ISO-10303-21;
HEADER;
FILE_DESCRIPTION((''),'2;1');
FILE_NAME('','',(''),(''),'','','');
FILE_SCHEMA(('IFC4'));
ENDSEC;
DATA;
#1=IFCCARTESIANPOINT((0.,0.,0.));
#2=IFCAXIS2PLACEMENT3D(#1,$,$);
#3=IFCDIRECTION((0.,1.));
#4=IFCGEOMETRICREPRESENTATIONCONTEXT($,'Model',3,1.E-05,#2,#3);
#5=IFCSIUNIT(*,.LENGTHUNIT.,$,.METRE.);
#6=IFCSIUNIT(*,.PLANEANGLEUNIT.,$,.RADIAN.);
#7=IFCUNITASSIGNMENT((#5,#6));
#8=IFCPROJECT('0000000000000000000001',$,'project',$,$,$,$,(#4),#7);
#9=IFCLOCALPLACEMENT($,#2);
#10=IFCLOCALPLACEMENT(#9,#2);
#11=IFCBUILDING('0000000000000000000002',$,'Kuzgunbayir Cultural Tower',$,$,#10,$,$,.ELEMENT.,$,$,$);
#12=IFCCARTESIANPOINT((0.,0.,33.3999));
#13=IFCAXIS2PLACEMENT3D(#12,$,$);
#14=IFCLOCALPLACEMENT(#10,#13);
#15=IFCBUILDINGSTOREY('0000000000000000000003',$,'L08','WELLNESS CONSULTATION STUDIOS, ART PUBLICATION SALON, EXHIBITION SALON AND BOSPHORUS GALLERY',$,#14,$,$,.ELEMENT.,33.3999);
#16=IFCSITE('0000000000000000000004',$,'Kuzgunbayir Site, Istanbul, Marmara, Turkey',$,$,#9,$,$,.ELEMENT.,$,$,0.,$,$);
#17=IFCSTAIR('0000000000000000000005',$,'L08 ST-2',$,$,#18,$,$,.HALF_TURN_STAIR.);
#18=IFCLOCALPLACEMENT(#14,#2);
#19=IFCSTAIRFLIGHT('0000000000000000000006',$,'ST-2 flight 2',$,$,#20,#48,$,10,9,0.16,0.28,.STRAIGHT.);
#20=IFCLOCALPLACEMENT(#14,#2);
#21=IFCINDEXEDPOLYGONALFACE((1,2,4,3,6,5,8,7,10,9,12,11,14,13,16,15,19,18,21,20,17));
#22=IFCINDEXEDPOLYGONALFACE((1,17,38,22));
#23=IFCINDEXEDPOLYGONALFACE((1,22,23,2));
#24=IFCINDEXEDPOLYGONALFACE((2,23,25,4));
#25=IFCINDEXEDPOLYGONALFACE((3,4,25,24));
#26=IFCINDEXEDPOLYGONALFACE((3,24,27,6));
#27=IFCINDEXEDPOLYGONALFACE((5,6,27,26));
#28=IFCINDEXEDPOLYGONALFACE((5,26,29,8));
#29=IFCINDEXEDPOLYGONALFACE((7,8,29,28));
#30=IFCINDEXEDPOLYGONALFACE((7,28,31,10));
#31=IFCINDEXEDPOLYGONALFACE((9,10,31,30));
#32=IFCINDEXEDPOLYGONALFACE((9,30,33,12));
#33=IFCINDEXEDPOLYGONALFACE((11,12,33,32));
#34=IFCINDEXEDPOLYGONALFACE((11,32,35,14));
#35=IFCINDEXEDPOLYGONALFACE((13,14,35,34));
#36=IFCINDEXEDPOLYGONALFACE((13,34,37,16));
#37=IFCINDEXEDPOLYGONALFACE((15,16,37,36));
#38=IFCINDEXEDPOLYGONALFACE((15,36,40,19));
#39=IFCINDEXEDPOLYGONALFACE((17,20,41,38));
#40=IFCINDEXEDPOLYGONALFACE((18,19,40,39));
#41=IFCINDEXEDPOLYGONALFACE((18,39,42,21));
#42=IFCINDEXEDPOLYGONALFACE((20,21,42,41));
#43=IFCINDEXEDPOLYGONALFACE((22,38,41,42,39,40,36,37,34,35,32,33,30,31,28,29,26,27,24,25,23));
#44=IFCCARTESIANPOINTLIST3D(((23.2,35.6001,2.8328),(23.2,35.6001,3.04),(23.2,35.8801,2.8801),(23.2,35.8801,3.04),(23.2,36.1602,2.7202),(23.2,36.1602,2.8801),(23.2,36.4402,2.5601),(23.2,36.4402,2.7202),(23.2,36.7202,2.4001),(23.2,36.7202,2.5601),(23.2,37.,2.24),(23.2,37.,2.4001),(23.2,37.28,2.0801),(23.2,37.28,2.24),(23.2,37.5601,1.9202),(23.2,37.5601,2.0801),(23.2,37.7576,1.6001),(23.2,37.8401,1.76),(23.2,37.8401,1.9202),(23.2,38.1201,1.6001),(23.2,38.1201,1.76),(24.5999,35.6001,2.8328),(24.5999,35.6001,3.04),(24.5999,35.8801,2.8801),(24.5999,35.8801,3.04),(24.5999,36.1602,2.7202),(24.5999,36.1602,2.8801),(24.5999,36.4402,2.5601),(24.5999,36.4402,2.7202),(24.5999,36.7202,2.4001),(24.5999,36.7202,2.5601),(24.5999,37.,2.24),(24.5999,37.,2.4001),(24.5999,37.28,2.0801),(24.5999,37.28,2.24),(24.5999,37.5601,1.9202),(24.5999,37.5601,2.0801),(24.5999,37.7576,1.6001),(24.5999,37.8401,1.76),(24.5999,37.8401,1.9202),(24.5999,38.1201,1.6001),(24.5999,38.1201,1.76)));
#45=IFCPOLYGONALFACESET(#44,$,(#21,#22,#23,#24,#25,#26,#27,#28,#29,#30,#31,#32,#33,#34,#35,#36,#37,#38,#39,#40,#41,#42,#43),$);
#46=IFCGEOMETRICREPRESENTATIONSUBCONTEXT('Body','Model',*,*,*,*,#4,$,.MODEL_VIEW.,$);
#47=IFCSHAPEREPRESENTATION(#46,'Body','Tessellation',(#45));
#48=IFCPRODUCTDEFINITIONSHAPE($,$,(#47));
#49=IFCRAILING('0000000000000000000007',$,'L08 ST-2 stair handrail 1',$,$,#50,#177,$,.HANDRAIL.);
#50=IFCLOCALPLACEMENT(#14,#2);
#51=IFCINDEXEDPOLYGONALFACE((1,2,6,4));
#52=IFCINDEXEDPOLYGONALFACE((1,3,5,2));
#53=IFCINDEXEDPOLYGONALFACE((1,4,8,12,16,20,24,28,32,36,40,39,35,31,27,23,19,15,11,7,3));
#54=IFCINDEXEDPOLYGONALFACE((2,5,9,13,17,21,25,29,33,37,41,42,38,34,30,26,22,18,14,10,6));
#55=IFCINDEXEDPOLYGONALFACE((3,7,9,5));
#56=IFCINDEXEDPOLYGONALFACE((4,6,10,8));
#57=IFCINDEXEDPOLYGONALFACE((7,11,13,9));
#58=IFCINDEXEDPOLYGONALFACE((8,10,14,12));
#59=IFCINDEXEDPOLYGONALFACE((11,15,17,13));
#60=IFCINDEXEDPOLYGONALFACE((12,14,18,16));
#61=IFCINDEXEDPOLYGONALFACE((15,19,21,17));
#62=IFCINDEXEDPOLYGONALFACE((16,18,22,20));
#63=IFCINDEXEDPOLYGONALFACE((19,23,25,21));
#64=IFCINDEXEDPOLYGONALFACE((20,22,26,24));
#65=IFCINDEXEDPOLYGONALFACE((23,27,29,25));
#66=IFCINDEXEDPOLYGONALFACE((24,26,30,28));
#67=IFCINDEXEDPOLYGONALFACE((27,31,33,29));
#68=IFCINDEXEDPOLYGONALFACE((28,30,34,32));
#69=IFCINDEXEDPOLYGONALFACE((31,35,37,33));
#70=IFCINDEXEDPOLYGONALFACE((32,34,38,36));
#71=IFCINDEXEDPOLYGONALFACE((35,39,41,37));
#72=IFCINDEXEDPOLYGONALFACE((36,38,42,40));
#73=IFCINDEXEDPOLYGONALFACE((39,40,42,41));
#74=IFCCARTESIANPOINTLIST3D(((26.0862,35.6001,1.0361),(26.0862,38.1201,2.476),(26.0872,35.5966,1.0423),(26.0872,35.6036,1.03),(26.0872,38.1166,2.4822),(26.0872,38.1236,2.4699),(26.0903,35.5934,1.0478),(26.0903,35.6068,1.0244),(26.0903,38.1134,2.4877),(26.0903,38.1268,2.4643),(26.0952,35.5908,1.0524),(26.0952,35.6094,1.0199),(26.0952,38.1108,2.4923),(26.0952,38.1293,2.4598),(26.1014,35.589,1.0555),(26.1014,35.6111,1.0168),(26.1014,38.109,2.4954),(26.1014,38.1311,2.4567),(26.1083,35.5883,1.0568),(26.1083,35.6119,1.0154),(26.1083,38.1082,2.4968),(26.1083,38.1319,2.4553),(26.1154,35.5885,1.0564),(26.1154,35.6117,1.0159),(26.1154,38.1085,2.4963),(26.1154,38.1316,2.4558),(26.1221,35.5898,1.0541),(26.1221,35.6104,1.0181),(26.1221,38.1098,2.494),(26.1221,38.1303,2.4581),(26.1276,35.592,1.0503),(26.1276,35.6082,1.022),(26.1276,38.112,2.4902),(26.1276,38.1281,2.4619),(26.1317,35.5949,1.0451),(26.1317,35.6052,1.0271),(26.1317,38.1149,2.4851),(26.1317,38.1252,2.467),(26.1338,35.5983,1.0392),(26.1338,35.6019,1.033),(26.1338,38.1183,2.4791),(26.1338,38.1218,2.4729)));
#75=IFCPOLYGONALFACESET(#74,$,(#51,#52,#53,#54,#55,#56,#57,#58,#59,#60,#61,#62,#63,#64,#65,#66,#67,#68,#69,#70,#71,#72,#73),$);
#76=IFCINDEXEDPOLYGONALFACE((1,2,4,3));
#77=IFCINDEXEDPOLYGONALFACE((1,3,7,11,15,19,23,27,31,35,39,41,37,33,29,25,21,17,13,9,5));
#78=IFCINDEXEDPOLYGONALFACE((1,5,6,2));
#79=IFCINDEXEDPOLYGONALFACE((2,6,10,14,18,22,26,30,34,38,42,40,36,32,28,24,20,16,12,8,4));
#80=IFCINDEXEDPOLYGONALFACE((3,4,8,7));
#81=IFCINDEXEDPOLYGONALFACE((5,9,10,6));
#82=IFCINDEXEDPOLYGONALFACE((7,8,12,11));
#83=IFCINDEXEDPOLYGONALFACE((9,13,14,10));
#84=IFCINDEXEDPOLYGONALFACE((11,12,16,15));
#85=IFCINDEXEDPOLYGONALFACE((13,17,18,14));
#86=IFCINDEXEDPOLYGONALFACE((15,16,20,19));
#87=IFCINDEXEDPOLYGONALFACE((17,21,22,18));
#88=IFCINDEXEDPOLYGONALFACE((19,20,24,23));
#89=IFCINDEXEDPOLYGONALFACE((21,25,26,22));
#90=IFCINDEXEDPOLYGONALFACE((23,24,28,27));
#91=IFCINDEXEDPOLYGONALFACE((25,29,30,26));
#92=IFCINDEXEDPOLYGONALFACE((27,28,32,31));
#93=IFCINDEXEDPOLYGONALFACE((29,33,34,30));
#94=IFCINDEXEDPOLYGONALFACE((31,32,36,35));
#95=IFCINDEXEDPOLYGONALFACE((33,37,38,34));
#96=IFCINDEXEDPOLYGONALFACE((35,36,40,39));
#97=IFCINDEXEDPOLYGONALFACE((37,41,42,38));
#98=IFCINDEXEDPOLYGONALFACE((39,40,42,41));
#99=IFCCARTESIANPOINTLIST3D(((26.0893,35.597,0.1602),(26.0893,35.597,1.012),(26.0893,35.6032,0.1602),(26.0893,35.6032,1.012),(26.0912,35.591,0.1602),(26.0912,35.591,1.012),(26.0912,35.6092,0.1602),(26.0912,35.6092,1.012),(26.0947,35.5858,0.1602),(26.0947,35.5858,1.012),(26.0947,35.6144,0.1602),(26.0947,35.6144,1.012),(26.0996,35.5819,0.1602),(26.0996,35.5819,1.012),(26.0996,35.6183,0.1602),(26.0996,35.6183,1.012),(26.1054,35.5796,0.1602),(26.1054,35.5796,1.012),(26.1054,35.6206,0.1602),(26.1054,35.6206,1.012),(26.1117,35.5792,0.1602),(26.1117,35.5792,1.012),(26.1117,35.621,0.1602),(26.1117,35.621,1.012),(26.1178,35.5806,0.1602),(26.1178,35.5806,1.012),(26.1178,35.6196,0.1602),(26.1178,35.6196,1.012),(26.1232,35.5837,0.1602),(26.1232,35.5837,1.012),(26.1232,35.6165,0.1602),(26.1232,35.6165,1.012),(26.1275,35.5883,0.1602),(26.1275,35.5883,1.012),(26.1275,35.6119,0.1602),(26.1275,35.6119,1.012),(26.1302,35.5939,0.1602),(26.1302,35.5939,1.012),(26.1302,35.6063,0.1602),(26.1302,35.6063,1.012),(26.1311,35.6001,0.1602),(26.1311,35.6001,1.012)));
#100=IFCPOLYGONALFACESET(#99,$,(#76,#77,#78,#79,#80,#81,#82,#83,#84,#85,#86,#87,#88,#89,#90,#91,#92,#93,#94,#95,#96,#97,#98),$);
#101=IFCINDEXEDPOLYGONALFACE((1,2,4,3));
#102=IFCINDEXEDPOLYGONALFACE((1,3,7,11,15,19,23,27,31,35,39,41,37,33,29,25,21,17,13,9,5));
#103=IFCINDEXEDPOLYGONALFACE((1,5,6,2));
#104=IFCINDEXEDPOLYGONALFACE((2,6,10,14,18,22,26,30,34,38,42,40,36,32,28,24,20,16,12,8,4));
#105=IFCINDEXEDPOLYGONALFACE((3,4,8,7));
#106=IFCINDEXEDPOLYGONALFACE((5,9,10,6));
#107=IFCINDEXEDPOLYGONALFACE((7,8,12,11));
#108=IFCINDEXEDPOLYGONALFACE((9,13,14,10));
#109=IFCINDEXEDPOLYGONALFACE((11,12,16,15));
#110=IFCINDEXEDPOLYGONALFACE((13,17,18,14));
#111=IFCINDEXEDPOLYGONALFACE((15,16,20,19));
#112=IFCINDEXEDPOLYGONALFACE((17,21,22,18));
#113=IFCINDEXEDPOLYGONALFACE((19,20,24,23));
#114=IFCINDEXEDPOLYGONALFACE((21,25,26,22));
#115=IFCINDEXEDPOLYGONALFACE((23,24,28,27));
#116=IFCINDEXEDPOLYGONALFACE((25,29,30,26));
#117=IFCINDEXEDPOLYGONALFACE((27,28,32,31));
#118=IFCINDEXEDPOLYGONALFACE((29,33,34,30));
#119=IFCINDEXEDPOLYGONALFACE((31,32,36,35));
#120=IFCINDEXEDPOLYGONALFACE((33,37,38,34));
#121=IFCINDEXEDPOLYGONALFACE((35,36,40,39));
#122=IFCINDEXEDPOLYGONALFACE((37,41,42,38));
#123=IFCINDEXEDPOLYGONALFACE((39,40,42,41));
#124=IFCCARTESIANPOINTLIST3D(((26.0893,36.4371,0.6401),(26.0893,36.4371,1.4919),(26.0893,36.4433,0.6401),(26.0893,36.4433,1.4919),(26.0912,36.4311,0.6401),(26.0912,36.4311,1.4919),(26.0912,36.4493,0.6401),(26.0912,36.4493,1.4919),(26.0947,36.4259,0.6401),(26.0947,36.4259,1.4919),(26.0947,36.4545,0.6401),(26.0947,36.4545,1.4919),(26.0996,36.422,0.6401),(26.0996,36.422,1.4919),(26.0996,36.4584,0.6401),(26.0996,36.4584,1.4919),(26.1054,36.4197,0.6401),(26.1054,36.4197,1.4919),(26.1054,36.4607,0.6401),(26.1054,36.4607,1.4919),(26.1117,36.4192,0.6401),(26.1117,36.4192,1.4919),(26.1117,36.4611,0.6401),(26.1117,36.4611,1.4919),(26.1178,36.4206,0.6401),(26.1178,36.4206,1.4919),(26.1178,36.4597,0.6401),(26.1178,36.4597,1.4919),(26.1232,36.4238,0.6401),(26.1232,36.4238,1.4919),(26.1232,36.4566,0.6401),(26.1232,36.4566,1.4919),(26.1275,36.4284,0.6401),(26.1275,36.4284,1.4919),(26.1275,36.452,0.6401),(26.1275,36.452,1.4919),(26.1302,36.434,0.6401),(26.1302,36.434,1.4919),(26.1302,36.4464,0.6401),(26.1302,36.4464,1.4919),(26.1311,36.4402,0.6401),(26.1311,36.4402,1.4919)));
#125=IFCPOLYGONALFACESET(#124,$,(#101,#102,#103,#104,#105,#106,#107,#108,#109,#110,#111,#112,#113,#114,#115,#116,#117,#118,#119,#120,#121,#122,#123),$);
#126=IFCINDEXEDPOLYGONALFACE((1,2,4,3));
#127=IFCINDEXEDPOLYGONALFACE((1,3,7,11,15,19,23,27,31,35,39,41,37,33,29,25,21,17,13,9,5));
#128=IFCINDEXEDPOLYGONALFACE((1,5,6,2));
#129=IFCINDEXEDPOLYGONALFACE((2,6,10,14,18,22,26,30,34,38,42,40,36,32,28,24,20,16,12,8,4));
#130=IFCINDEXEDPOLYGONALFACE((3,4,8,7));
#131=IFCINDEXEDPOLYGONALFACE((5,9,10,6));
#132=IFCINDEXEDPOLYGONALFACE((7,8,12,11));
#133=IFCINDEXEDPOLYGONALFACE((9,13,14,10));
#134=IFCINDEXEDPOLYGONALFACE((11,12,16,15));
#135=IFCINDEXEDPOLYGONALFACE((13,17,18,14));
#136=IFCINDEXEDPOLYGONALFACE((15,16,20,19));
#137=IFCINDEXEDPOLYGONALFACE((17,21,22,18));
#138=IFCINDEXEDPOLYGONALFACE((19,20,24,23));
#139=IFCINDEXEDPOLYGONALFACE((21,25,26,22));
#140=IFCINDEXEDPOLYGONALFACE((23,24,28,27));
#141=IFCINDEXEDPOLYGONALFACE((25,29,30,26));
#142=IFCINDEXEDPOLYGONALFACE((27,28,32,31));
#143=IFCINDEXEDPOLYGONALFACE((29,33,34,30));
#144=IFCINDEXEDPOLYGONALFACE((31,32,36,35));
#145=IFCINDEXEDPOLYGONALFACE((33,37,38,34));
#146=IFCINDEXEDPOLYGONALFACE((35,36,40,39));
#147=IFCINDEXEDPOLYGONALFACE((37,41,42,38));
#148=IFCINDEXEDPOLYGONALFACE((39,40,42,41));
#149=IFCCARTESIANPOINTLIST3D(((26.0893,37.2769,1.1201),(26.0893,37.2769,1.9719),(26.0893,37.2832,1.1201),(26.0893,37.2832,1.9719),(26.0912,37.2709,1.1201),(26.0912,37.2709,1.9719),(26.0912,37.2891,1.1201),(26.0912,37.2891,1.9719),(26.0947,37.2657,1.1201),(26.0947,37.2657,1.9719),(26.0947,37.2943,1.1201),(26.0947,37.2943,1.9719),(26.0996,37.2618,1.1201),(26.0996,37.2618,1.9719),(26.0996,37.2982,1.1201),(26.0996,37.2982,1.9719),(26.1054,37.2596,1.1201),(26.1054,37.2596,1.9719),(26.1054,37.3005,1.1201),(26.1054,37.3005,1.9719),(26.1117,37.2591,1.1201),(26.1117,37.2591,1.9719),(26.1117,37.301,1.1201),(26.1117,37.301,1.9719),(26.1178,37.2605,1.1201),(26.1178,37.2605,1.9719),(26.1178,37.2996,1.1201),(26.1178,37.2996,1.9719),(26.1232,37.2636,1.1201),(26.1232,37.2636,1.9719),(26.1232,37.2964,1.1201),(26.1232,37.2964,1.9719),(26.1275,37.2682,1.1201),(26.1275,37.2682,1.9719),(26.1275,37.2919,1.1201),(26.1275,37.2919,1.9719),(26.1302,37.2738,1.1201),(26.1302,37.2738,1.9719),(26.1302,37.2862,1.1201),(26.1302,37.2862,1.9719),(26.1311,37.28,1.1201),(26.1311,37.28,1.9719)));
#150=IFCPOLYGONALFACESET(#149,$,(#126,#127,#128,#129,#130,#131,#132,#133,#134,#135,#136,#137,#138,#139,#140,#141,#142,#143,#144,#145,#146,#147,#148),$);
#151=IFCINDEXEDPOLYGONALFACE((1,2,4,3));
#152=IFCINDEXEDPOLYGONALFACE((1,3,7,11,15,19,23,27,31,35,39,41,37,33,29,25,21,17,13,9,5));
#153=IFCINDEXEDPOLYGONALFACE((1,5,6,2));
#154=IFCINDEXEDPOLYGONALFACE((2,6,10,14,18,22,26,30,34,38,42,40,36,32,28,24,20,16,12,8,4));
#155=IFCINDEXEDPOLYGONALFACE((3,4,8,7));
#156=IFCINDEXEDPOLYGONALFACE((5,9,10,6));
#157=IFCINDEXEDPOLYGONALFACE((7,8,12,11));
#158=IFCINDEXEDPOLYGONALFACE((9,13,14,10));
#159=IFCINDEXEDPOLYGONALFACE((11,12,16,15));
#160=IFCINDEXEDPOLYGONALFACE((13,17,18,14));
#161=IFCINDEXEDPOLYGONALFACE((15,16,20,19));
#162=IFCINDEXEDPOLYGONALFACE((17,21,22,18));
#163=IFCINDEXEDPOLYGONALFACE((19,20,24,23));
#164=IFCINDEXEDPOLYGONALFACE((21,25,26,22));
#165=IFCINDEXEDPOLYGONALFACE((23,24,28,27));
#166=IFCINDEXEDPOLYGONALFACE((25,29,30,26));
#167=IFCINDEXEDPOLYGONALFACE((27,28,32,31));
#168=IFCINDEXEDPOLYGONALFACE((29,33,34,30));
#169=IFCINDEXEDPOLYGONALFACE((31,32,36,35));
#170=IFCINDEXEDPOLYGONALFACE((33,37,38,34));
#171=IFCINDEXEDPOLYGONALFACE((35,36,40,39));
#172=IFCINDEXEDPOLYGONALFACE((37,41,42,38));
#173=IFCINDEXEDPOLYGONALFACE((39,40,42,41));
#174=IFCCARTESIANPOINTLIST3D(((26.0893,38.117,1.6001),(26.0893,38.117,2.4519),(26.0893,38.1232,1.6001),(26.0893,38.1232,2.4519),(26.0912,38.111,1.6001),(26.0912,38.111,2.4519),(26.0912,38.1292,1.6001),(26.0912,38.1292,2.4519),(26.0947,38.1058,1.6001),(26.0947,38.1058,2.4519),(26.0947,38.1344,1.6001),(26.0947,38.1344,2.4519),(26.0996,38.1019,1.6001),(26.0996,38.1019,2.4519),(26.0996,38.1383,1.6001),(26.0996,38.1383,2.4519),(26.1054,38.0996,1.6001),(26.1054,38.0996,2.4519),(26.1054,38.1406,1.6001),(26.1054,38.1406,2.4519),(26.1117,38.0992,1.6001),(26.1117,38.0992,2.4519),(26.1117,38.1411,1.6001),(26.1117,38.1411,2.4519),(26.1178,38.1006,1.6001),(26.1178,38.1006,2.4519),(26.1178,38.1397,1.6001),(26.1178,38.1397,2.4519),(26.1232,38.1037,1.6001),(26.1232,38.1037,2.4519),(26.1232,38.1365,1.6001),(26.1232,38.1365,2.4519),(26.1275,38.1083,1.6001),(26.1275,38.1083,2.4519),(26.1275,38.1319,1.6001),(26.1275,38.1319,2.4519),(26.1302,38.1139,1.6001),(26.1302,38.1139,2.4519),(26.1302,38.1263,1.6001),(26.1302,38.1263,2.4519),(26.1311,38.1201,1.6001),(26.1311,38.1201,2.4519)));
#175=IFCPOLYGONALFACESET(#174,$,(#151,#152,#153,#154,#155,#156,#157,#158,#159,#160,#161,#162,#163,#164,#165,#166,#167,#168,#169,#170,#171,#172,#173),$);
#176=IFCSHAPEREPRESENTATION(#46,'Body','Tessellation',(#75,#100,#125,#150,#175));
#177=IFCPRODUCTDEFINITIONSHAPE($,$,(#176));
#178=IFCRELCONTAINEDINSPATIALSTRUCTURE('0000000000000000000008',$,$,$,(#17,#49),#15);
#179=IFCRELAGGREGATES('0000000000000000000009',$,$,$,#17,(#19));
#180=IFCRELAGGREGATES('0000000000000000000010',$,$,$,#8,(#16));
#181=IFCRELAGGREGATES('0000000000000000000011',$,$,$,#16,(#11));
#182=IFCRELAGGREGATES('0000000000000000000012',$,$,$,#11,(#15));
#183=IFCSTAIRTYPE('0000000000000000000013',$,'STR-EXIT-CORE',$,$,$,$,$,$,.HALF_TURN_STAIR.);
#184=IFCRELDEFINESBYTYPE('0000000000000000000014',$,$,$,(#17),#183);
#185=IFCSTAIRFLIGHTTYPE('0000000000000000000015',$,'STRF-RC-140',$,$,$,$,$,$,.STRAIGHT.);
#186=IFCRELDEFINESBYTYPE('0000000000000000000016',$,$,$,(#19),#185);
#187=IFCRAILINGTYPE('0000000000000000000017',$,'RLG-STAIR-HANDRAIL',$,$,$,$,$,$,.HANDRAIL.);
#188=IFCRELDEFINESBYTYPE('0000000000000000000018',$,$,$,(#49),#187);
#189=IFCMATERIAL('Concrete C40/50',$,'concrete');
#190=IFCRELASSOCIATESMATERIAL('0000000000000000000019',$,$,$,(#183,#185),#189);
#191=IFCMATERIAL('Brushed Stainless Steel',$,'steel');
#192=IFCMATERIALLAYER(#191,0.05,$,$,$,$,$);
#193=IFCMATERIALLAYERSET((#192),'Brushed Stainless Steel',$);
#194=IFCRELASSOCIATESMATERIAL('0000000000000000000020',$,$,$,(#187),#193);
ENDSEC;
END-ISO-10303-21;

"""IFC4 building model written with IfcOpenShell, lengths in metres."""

from ifc_helpers import new_model, si_unit, direction, frame, origin, origin_2d, place, context, subcontext, project, spatial, polyline, circle, outline, extrude, material, layer, layer_set, type_object, element, aggregate, save


model = new_model("IFC4")

# Units and contexts
model_context = context("Model", 3, precision=1e-05, world=origin(), true_north=direction((0.0, 1.0)))
body_context = subcontext(model_context, "Body", "Model", "MODEL_VIEW")
ifc_project = project(units=[si_unit("LENGTHUNIT", "METRE"), si_unit("PLANEANGLEUNIT", "RADIAN")], contexts=[model_context])

# Site, building, storey
site_placement = place(None, origin())
site = spatial("IfcSite", under=ifc_project, at=site_placement, Name="Kuzgunbayir Site, Istanbul, Marmara, Turkey", CompositionType="ELEMENT", RefElevation=0.0)
building_placement = place(site_placement, origin())
building = spatial("IfcBuilding", under=site, at=building_placement, Name="Kuzgunbayir Cultural Tower", CompositionType="ELEMENT")
storey_placement = place(building_placement, frame((0.0, 0.0, 33.3999)))
storey = spatial("IfcBuildingStorey", under=building, at=storey_placement, Name="L08", Description="WELLNESS CONSULTATION STUDIOS, ART PUBLICATION SALON, EXHIBITION SALON AND BOSPHORUS GALLERY", CompositionType="ELEMENT", Elevation=33.3999)

# Shared definitions
ifc_material_1 = material(Name="Concrete C40/50", Category="concrete")
ifc_material_2 = material(Name="Brushed Stainless Steel", Category="steel")

# Stair, stair flight
stair_type = type_object("IfcStairType", Name="STR-EXIT-CORE", PredefinedType="HALF_TURN_STAIR", material=ifc_material_1)
stair_placement = place(storey_placement, origin())
stair = element("IfcStair", 1, at=stair_placement, inside=storey, type_object=stair_type, Name="L08 ST-2", PredefinedType="HALF_TURN_STAIR")
stair_flight_type = type_object("IfcStairFlightType", Name="STRF-RC-140", PredefinedType="STRAIGHT", material=ifc_material_1)
stair_flight_1_placement = place(storey_placement, frame((23.8999, 38.1201, 1.6001), z_axis=(0.0, 0.0, 1.0), x_axis=(0.0, -1.0, 0.0)))
stair_flight_1 = element("IfcStairFlight", 2, at=stair_flight_1_placement, type_object=stair_flight_type, Name="ST-2 flight 2", NumberOfRisers=10, NumberOfTreads=9, PredefinedType="STRAIGHT", RiserHeight=0.16, TreadLength=0.28, context=body_context, shape_type="SweptSolid", body=[
    extrude(outline(polyline([(0.0, 0.0), (0.0, 0.1599), (0.28, 0.1599), (0.28, 0.3201), (0.5601, 0.3201), (0.5601, 0.48), (0.8401, 0.48), (0.8401, 0.6399), (1.1201, 0.6399), (1.1201, 0.8), (1.3999, 0.8), (1.3999, 0.96), (1.6799, 0.96), (1.6799, 1.1201), (1.96, 1.1201), (1.96, 1.28), (2.24, 1.28), (2.24, 1.4399), (2.52, 1.4399), (2.52, 1.6001), (2.52, 1.2327), (0.3625, 0.0), (0.0, 0.0)])), frame((0.0, 0.7, 0.0), z_axis=(0.0, -1.0, 0.0), x_axis=(1.0, 0.0, 0.0)), (0.0, 0.0, 1.0), 1.3999),
])
aggregate(stair, [stair_flight_1])

# Railing
ifc_layer_1 = layer(ifc_material_2, 0.05)
ifc_layer_set_1 = layer_set([ifc_layer_1], Name="Brushed Stainless Steel")
railing_type_1 = type_object("IfcRailingType", Name="RLG-STAIR-HANDRAIL", PredefinedType="HANDRAIL", material=ifc_layer_set_1)
railing_1_placement = place(storey_placement, frame((26.1101, 35.6001, 0.1602)))
element("IfcRailing", 3, at=railing_1_placement, inside=storey, type_object=railing_type_1, Name="L08 ST-2 stair handrail 1", PredefinedType="HANDRAIL", context=body_context, shape_type="SweptSolid", body=[
    extrude(circle(Radius=0.0239, at=origin_2d()), frame((0.0, 0.0, 0.876), z_axis=(0.0, 0.868253, 0.496121), x_axis=(-1.0, 0.0, 0.0)), (0.0, 0.0, 1.0), 2.9023),
    extrude(circle(Radius=0.021, at=origin_2d()), origin(), (0.0, 0.0, 1.0), 0.8518),
    extrude(circle(Radius=0.021, at=origin_2d()), frame((0.0, 0.8401, 0.48)), (0.0, 0.0, 1.0), 0.8518),
    extrude(circle(Radius=0.021, at=origin_2d()), frame((0.0, 1.6799, 0.96)), (0.0, 0.0, 1.0), 0.8518),
    extrude(circle(Radius=0.021, at=origin_2d()), frame((0.0, 2.52, 1.4399)), (0.0, 0.0, 1.0), 0.8518),
])

save(model, "model.ifc")
